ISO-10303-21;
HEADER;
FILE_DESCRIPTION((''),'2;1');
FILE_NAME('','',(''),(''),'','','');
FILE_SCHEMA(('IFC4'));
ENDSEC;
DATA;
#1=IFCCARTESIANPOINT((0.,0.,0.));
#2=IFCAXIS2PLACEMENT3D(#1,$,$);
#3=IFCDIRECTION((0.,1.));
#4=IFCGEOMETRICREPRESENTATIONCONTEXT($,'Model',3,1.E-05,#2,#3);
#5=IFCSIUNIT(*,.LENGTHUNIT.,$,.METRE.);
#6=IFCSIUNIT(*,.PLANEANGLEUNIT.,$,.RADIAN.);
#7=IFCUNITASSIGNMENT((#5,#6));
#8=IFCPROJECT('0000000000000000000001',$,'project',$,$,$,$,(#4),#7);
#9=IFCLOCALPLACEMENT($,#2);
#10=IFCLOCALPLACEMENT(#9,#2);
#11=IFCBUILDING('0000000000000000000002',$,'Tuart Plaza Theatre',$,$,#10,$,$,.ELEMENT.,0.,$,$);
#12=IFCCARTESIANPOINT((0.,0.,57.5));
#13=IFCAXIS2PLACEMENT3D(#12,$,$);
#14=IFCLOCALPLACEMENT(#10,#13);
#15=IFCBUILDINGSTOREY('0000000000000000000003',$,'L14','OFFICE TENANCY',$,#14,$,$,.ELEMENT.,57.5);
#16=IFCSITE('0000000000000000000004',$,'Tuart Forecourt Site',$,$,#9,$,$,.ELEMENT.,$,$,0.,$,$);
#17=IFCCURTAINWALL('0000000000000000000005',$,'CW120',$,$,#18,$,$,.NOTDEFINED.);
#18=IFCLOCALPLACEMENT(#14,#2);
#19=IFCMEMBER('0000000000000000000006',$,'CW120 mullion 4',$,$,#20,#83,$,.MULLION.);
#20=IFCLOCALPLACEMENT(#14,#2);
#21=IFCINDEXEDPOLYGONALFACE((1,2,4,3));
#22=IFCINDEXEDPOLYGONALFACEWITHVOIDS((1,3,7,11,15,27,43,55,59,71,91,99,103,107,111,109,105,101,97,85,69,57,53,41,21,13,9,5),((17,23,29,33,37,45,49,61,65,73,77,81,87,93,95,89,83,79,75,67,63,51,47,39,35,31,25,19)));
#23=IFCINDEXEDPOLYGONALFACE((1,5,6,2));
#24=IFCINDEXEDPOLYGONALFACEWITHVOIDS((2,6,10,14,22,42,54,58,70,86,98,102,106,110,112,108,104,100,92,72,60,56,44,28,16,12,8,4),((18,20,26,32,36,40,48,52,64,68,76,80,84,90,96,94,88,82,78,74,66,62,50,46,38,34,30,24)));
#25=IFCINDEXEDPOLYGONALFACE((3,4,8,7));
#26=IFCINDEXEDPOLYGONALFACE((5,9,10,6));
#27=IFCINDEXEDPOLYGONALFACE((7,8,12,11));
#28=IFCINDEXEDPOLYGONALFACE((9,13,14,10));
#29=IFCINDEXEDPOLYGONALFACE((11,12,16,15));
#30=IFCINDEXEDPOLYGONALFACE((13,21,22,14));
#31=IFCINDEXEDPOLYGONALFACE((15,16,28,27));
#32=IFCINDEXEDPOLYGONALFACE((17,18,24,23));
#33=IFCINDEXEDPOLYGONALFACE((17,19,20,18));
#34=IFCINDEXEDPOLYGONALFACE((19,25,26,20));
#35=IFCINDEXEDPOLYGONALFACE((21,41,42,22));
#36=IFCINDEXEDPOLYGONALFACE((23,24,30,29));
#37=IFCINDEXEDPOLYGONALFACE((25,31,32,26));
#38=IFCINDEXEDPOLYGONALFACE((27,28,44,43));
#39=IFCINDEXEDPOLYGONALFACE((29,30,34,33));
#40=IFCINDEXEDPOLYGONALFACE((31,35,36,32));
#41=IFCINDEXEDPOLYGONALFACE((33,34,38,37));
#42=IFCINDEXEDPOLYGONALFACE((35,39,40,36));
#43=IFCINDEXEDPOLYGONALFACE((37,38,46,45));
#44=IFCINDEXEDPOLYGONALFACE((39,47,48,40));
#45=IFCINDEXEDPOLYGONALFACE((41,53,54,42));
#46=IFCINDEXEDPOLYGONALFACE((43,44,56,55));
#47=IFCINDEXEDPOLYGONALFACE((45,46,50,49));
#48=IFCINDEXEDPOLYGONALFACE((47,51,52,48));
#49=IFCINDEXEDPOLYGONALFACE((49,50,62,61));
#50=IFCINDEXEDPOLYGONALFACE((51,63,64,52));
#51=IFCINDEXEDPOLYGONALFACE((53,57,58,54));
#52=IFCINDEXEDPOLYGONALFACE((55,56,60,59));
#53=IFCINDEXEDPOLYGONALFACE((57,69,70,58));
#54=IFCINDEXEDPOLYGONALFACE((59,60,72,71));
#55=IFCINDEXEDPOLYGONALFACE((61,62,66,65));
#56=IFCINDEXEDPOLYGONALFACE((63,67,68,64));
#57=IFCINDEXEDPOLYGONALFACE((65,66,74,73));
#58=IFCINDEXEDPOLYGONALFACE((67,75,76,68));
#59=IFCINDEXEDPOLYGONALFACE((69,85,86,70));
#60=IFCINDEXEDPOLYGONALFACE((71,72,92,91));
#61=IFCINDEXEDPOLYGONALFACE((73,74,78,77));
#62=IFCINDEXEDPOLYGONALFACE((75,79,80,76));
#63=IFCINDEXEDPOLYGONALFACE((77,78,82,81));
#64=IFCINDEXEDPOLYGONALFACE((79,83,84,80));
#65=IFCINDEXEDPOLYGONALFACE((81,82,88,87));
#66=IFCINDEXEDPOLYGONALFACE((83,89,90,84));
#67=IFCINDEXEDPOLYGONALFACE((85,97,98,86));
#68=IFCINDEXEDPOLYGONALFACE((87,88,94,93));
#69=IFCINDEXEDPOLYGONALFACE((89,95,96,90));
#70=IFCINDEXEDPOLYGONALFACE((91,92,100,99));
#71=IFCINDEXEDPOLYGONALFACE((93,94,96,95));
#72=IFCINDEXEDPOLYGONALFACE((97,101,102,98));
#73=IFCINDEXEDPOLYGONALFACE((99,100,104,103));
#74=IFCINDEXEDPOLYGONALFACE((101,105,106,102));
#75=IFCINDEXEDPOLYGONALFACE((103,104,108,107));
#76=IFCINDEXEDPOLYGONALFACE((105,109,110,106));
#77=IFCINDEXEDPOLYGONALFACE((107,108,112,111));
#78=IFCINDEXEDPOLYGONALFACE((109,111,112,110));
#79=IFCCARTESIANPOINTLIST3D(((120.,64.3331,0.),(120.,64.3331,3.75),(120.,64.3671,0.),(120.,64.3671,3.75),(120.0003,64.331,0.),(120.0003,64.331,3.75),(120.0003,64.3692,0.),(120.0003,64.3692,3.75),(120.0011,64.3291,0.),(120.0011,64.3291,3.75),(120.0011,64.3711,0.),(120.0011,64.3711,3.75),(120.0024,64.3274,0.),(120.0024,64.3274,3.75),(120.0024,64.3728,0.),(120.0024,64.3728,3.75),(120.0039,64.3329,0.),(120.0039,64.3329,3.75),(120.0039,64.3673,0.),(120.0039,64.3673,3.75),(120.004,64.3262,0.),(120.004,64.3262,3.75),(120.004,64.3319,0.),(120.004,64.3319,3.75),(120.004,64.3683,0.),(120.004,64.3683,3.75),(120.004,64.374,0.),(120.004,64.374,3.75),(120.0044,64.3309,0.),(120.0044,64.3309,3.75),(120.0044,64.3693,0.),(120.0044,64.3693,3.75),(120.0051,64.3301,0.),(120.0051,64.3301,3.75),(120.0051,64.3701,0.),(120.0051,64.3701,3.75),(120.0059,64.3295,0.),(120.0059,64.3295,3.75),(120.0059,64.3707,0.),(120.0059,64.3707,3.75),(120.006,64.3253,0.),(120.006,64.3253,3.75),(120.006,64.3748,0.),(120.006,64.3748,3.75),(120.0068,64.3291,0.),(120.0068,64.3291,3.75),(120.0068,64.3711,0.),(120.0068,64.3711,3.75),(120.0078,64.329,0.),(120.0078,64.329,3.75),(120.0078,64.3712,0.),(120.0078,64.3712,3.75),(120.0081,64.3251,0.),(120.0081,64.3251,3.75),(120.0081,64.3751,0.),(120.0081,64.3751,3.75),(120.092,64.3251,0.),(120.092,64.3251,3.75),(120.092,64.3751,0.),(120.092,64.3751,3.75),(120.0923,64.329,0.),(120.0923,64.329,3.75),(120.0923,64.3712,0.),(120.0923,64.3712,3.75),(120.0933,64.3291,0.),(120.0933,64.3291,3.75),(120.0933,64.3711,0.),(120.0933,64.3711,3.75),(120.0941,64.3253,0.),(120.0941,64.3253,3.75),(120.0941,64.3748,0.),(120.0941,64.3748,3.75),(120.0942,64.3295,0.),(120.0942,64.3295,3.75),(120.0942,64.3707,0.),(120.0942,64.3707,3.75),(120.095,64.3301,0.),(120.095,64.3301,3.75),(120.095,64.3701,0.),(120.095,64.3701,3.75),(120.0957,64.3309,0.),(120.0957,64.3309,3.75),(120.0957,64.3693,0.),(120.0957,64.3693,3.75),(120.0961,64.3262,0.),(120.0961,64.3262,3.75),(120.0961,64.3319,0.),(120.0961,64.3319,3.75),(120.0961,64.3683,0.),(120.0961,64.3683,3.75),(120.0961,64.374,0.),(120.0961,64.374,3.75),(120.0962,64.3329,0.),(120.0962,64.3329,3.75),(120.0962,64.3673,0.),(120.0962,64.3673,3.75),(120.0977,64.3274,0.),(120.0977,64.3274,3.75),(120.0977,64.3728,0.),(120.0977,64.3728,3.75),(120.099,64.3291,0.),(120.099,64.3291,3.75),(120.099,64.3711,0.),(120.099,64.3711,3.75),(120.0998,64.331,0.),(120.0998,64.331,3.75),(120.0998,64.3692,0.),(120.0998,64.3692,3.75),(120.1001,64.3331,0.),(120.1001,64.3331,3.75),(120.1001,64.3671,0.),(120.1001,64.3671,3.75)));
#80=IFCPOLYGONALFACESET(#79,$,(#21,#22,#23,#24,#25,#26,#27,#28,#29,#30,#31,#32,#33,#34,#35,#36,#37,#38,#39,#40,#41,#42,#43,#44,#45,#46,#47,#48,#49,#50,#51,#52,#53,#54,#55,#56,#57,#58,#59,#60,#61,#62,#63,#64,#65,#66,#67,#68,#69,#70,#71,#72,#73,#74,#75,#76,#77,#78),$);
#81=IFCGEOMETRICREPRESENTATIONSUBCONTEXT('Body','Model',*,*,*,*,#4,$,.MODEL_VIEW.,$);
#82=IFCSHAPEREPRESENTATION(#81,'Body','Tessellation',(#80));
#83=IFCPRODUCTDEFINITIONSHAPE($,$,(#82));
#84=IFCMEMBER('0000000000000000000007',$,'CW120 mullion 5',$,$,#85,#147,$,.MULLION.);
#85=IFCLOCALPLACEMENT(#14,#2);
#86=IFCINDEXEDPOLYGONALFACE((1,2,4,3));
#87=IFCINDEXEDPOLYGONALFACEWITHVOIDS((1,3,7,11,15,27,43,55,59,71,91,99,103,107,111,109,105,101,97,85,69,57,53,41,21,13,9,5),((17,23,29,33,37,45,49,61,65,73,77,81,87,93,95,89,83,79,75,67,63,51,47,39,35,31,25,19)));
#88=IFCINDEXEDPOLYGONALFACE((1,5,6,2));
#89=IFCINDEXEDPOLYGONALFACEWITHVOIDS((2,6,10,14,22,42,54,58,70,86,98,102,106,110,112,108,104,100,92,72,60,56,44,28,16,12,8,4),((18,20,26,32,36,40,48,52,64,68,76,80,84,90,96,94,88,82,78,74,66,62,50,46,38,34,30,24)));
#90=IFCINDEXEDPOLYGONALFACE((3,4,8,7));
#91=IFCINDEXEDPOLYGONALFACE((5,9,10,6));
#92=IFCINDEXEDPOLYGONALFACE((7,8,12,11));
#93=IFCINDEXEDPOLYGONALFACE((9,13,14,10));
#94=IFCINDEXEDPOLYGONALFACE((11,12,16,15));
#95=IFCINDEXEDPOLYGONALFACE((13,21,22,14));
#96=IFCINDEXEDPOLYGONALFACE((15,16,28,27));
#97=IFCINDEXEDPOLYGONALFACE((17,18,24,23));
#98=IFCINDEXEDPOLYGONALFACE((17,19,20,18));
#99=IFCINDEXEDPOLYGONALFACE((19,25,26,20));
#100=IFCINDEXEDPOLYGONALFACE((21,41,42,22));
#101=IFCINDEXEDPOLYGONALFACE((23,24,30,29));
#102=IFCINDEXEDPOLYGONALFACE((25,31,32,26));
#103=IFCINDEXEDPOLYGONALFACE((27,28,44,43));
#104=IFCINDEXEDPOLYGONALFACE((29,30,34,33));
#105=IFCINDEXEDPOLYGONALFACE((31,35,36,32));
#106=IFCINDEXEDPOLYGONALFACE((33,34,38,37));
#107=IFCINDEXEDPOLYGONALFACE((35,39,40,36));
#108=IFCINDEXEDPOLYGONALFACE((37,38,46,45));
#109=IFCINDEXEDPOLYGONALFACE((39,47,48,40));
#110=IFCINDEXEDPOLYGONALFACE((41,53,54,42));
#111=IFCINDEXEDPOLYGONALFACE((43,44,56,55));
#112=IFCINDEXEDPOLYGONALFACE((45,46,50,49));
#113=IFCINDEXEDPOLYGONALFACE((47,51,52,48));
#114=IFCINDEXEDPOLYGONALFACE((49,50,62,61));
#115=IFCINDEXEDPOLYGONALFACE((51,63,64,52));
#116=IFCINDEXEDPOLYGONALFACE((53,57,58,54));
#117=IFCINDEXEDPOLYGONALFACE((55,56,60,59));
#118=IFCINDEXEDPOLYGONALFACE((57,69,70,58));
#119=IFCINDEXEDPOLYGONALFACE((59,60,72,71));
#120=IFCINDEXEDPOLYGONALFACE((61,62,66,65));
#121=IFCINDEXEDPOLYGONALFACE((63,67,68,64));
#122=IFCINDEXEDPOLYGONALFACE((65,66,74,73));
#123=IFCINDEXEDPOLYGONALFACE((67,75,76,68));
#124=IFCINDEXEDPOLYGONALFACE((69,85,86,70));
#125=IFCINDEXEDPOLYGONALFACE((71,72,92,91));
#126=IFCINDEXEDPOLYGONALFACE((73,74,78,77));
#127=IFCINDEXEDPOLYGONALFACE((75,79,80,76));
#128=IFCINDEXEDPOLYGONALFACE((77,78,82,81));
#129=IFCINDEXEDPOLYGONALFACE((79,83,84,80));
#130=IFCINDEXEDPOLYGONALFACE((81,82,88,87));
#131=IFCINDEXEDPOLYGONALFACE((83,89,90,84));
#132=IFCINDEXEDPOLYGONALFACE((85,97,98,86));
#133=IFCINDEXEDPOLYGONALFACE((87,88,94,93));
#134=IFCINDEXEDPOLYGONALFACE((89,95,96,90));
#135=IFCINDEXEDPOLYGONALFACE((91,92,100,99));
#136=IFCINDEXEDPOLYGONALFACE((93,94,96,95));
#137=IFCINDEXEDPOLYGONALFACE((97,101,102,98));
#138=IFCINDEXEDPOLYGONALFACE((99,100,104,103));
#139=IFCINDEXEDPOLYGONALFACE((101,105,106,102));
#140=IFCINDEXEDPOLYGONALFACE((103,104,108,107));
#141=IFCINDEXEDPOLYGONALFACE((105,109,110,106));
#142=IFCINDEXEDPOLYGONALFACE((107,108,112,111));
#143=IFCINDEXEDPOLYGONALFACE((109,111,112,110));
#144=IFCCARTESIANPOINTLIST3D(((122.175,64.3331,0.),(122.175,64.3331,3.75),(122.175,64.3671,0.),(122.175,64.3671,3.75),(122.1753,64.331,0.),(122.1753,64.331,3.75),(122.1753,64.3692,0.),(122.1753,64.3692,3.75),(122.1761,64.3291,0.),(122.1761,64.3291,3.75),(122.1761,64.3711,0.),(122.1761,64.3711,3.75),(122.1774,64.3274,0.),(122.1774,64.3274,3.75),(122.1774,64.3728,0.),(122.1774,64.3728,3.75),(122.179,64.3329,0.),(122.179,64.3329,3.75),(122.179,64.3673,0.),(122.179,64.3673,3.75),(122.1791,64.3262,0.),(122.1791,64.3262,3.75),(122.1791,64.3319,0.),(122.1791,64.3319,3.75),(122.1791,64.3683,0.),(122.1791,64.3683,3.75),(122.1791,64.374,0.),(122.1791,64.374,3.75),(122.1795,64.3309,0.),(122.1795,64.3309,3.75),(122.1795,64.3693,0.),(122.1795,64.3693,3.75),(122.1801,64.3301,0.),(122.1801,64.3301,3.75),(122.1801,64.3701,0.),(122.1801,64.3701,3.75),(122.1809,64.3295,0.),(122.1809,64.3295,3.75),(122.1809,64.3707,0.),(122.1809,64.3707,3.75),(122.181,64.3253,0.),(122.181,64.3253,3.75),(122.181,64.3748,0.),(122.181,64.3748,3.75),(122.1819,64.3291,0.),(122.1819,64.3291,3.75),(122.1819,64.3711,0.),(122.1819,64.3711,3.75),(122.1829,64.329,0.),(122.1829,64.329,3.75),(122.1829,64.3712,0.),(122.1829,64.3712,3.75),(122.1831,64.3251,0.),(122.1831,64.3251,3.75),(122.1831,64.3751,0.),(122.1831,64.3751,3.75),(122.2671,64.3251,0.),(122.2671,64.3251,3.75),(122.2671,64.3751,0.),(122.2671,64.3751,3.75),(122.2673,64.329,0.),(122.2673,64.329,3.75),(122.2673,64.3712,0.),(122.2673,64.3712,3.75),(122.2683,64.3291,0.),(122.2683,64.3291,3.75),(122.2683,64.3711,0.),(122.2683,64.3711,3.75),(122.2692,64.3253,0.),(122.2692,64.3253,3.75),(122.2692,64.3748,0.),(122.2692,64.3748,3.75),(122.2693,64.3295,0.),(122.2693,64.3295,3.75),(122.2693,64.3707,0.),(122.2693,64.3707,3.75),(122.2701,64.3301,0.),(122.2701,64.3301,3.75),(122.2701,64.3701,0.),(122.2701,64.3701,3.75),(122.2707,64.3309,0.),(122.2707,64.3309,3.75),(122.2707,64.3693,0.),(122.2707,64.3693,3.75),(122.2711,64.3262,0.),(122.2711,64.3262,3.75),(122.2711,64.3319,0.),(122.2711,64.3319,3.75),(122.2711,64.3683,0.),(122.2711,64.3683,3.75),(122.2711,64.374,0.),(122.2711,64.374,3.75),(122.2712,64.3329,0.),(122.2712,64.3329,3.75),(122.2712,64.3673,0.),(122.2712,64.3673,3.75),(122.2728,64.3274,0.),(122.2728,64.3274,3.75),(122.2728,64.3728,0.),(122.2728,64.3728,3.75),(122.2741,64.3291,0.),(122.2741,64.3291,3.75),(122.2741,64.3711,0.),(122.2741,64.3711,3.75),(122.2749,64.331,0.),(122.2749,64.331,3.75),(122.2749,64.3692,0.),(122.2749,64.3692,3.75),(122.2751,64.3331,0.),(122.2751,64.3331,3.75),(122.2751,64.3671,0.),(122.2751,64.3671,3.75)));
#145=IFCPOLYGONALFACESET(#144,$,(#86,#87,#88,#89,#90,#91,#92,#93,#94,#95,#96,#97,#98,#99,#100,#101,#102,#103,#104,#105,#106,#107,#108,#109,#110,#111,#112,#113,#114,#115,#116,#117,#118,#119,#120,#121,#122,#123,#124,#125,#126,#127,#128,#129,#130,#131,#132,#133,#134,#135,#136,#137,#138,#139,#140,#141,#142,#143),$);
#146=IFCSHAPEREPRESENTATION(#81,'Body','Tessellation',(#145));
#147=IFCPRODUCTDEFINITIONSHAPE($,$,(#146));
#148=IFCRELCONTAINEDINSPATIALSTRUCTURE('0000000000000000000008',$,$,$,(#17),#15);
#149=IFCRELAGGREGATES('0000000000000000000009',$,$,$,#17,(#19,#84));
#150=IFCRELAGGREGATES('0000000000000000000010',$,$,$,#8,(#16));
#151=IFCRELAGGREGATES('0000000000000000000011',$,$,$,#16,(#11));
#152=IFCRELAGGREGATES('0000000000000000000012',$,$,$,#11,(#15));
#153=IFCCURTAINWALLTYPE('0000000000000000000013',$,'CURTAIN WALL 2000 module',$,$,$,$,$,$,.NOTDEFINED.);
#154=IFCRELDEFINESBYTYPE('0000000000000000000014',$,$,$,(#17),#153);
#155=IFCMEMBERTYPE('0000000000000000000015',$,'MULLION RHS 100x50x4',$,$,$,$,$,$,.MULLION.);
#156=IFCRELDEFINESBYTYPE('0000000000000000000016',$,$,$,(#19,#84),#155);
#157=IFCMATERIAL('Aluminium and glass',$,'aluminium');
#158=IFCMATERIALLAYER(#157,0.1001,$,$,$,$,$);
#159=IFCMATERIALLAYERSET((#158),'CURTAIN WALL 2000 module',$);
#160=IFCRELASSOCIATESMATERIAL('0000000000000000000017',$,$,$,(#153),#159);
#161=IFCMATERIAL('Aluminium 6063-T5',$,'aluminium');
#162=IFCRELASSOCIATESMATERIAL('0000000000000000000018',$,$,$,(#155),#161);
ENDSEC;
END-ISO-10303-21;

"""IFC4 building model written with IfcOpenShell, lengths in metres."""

from ifc_helpers import new_model, si_unit, direction, frame, origin, origin_2d, place, context, subcontext, project, spatial, hollow_rectangle, extrude, material, layer, layer_set, material_profile, profile_set, type_object, element, aggregate, save


model = new_model("IFC4")

# Units and contexts
model_context = context("Model", 3, precision=1e-05, world=origin(), true_north=direction((0.0, 1.0)))
body_context = subcontext(model_context, "Body", "Model", "MODEL_VIEW")
ifc_project = project(units=[si_unit("LENGTHUNIT", "METRE"), si_unit("PLANEANGLEUNIT", "RADIAN")], contexts=[model_context])

# Site, building, storey
site_placement = place(None, origin())
site = spatial("IfcSite", under=ifc_project, at=site_placement, Name="Tuart Forecourt Site", CompositionType="ELEMENT", RefElevation=0.0)
building_placement = place(site_placement, origin())
building = spatial("IfcBuilding", under=site, at=building_placement, Name="Tuart Plaza Theatre", CompositionType="ELEMENT", ElevationOfRefHeight=0.0)
storey_placement = place(building_placement, frame((0.0, 0.0, 57.5)))
storey = spatial("IfcBuildingStorey", under=building, at=storey_placement, Name="L14", Description="OFFICE TENANCY", CompositionType="ELEMENT", Elevation=57.5)

# Curtain wall, members
ifc_material_1 = material(Name="Aluminium and glass", Category="aluminium")
ifc_layer_1 = layer(ifc_material_1, 0.1001)
ifc_layer_set_1 = layer_set([ifc_layer_1], Name="CURTAIN WALL 2000 module")
curtain_wall_type = type_object("IfcCurtainWallType", Name="CURTAIN WALL 2000 module", PredefinedType="NOTDEFINED", material=ifc_layer_set_1)
curtain_wall_1_placement = place(storey_placement, origin())
curtain_wall_1 = element("IfcCurtainWall", 1, at=curtain_wall_1_placement, inside=storey, type_object=curtain_wall_type, Name="CW120", PredefinedType="NOTDEFINED")
ifc_material_2 = material(Name="Aluminium 6063-T5", Category="aluminium")
ifc_material_profile_1 = material_profile(ifc_material_2, hollow_rectangle(XDim=0.05, YDim=0.1001, WallThickness=0.0039, InnerFilletRadius=0.0039, OuterFilletRadius=0.0081, at=origin_2d()), Name="RHS 100x50x4")
ifc_profile_set_1 = profile_set([ifc_material_profile_1], Name="Aluminium 6063-T5")
member_type_1 = type_object("IfcMemberType", Name="MULLION RHS 100x50x4", PredefinedType="MULLION", material=ifc_profile_set_1)
member_1_placement = place(storey_placement, frame((120.05, 64.3501, 0.0), z_axis=(0.0, 0.0, 1.0), x_axis=(0.0, 1.0, 0.0)))
member_1 = element("IfcMember", 2, at=member_1_placement, type_object=member_type_1, Name="CW120 mullion 4", PredefinedType="MULLION", context=body_context, shape_type="SweptSolid", body=[
    extrude(hollow_rectangle(XDim=0.05, YDim=0.1001, WallThickness=0.0039, InnerFilletRadius=0.0039, OuterFilletRadius=0.0081, at=origin_2d()), origin(), (0.0, 0.0, 1.0), 3.75),
])
member_2_placement = place(storey_placement, frame((122.2251, 64.3501, 0.0), z_axis=(0.0, 0.0, 1.0), x_axis=(0.0, 1.0, 0.0)))
member_2 = element("IfcMember", 3, at=member_2_placement, type_object=member_type_1, Name="CW120 mullion 5", PredefinedType="MULLION", context=body_context, shape_type="SweptSolid", body=[
    extrude(hollow_rectangle(XDim=0.05, YDim=0.1001, WallThickness=0.0039, InnerFilletRadius=0.0039, OuterFilletRadius=0.0081, at=origin_2d()), origin(), (0.0, 0.0, 1.0), 3.75),
])

aggregate(curtain_wall_1, [member_1, member_2])

save(model, "model.ifc")
